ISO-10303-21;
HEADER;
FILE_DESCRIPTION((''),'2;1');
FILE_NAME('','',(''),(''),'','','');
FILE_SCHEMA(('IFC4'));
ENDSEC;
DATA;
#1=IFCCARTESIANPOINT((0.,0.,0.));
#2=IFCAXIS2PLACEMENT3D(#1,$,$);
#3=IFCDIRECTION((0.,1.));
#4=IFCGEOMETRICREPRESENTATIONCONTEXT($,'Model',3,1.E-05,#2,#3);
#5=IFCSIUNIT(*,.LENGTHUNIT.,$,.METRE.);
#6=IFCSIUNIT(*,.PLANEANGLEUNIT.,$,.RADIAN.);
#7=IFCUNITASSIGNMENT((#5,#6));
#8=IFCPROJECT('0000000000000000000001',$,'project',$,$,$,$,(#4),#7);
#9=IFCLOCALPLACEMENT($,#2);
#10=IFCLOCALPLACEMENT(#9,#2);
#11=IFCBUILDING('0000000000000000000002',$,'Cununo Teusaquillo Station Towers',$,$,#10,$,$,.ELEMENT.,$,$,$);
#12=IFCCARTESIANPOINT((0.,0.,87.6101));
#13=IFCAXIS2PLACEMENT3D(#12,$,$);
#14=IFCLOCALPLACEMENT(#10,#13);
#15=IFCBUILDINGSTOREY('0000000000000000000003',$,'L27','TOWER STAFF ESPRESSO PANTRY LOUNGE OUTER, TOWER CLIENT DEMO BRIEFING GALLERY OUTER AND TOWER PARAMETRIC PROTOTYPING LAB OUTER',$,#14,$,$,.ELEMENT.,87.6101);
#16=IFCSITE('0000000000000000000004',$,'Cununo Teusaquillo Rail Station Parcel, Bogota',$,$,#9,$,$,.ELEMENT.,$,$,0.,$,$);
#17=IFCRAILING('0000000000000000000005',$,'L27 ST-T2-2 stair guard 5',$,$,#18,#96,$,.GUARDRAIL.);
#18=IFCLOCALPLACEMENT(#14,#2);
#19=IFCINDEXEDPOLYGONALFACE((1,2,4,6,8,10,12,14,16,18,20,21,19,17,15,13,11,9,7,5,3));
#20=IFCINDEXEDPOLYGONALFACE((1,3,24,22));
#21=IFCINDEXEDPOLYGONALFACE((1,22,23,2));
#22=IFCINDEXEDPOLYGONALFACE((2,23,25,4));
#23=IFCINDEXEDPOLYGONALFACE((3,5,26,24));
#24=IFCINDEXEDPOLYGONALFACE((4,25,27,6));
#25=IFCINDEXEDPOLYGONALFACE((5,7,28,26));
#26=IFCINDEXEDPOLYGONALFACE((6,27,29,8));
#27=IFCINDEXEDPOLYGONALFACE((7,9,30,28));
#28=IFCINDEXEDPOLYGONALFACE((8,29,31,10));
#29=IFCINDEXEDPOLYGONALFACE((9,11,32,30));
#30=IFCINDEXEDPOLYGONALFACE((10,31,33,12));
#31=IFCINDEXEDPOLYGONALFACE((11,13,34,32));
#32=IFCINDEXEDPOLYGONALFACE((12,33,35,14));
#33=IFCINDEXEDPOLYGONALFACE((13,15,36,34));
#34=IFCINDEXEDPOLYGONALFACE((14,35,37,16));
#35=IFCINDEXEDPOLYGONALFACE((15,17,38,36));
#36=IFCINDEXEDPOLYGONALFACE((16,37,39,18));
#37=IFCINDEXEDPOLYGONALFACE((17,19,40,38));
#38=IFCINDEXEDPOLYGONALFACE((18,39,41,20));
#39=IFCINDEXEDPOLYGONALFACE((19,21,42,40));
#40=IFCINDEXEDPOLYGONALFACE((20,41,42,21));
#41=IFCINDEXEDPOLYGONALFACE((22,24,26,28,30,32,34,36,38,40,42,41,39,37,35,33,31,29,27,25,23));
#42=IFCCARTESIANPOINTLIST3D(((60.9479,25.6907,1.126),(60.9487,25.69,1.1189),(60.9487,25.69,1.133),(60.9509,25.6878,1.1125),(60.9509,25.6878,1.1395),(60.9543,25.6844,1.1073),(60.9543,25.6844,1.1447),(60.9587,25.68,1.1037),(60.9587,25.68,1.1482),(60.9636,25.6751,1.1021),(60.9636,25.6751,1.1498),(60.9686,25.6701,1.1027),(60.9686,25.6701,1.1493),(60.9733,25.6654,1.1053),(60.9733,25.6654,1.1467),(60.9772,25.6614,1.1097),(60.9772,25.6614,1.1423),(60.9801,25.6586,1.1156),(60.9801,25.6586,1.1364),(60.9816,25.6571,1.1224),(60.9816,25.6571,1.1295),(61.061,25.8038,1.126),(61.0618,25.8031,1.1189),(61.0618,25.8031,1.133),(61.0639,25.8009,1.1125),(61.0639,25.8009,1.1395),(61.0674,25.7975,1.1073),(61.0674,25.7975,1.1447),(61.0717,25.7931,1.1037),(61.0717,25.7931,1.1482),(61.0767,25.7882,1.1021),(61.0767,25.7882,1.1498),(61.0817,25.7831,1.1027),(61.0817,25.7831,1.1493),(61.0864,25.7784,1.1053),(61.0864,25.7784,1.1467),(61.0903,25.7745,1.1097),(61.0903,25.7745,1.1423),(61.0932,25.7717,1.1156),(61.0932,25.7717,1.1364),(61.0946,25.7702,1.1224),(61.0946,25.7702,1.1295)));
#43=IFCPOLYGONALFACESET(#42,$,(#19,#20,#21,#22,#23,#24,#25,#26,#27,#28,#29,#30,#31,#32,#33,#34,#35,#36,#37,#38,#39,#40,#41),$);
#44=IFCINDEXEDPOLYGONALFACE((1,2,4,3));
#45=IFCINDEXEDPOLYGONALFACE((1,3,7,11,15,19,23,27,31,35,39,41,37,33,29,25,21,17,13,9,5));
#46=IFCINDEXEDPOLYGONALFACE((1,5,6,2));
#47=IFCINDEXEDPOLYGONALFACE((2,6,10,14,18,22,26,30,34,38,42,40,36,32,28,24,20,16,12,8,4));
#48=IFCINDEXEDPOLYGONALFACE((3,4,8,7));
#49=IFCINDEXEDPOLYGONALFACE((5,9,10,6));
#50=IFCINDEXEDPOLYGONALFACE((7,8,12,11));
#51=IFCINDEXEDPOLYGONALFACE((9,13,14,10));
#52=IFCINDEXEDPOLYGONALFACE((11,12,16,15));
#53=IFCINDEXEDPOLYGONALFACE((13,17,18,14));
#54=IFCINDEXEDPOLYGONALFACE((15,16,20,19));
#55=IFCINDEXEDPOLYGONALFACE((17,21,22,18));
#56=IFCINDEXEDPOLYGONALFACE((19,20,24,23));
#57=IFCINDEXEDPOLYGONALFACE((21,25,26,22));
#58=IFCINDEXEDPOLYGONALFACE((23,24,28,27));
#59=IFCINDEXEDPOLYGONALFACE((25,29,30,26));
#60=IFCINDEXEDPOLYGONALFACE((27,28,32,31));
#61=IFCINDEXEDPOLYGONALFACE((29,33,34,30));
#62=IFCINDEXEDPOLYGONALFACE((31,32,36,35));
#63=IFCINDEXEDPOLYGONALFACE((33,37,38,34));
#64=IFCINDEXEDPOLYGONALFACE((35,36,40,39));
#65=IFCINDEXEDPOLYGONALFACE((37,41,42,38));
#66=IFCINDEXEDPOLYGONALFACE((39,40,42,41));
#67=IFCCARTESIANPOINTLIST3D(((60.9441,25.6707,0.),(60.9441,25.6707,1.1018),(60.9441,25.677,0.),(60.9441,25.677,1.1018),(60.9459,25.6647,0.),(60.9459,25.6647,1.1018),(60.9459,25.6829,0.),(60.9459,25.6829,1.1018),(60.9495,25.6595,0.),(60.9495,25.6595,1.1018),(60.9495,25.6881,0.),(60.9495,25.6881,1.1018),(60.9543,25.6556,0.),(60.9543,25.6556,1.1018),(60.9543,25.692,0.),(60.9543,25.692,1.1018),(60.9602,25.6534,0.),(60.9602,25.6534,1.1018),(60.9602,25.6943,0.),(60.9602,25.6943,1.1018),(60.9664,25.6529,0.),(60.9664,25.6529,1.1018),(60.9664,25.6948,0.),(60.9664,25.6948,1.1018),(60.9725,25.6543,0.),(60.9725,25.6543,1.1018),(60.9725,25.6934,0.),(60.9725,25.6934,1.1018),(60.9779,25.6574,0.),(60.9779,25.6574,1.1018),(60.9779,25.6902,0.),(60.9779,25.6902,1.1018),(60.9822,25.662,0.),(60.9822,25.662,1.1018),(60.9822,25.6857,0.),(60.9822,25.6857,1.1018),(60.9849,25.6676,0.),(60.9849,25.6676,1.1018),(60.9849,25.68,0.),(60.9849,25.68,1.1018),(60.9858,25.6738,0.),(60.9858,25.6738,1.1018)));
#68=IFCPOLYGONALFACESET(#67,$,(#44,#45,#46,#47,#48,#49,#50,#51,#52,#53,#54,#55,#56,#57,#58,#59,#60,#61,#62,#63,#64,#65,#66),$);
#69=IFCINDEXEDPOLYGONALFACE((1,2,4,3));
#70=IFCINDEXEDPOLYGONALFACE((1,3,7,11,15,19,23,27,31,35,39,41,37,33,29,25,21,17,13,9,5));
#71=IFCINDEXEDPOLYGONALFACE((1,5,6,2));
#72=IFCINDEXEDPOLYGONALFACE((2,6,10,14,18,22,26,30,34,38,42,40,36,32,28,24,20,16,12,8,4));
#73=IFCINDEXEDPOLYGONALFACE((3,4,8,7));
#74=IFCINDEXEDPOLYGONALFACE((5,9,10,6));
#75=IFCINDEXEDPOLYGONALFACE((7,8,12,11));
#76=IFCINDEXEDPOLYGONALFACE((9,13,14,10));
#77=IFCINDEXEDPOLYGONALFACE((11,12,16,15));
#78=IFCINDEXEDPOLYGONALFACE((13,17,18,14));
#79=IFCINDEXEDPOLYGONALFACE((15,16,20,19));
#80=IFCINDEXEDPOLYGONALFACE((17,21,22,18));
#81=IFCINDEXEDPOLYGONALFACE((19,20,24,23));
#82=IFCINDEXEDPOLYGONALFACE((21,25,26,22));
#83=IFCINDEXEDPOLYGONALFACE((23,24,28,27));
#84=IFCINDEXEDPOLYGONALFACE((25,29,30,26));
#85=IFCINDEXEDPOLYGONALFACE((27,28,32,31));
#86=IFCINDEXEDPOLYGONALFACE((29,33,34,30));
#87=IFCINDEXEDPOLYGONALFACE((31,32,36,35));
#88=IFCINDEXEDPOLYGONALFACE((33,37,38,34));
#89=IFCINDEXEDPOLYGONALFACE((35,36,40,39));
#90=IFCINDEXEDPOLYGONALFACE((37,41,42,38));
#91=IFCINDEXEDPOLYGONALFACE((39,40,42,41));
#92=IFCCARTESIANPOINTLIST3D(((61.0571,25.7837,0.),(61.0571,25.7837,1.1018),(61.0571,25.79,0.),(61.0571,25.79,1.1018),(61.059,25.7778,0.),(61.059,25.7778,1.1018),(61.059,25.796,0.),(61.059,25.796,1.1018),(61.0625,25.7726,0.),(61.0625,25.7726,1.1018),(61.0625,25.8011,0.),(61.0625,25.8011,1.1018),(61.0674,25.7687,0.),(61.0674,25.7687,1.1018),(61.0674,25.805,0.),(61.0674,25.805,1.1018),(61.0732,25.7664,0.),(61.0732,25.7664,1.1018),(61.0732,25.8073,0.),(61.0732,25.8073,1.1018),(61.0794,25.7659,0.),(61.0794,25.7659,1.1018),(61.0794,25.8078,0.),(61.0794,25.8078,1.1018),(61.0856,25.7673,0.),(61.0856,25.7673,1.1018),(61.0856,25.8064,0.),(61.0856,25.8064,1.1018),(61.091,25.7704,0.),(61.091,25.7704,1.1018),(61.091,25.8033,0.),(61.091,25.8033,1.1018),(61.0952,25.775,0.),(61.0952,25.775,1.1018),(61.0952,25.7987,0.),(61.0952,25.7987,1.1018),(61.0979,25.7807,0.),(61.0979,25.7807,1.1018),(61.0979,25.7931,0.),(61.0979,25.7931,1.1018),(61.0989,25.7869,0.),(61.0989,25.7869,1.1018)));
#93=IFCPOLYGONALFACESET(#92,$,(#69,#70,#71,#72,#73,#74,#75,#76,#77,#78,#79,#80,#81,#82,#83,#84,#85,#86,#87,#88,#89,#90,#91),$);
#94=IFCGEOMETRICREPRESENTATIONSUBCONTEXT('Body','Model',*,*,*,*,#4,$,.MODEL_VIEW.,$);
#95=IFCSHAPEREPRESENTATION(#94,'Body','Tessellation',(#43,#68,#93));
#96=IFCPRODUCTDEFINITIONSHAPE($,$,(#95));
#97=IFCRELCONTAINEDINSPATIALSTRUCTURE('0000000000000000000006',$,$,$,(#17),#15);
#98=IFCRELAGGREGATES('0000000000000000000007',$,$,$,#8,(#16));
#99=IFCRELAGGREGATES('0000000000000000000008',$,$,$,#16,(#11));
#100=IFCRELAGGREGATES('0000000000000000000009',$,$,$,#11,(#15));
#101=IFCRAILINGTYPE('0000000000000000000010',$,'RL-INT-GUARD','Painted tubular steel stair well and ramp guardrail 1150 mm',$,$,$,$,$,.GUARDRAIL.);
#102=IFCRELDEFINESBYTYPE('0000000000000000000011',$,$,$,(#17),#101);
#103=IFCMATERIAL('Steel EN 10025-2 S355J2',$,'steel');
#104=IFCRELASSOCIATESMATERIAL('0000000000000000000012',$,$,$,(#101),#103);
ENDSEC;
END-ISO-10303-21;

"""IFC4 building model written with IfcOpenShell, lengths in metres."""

from ifc_helpers import new_model, si_unit, direction, frame, origin, origin_2d, place, context, subcontext, project, spatial, circle, extrude, material, type_object, element, save


model = new_model("IFC4")

# Units and contexts
model_context = context("Model", 3, precision=1e-05, world=origin(), true_north=direction((0.0, 1.0)))
body_context = subcontext(model_context, "Body", "Model", "MODEL_VIEW")
ifc_project = project(units=[si_unit("LENGTHUNIT", "METRE"), si_unit("PLANEANGLEUNIT", "RADIAN")], contexts=[model_context])

# Site, building, storey
site_placement = place(None, origin())
site = spatial("IfcSite", under=ifc_project, at=site_placement, Name="Cununo Teusaquillo Rail Station Parcel, Bogota", CompositionType="ELEMENT", RefElevation=0.0)
building_placement = place(site_placement, origin())
building = spatial("IfcBuilding", under=site, at=building_placement, Name="Cununo Teusaquillo Station Towers", CompositionType="ELEMENT")
storey_placement = place(building_placement, frame((0.0, 0.0, 87.6101)))
storey = spatial("IfcBuildingStorey", under=building, at=storey_placement, Name="L27", Description="TOWER STAFF ESPRESSO PANTRY LOUNGE OUTER, TOWER CLIENT DEMO BRIEFING GALLERY OUTER AND TOWER PARAMETRIC PROTOTYPING LAB OUTER", CompositionType="ELEMENT", Elevation=87.6101)

# Railing
ifc_material_1 = material(Name="Steel EN 10025-2 S355J2", Category="steel")
railing_type_1 = type_object("IfcRailingType", Name="RL-INT-GUARD", Description="Painted tubular steel stair well and ramp guardrail 1150 mm", PredefinedType="GUARDRAIL", material=ifc_material_1)
railing_1_placement = place(storey_placement, frame((60.9648, 25.6738, 0.0)))
element("IfcRailing", 1, at=railing_1_placement, inside=storey, type_object=railing_type_1, Name="L27 ST-T2-2 stair guard 5", PredefinedType="GUARDRAIL", context=body_context, shape_type="SweptSolid", body=[
    extrude(circle(Radius=0.0239, at=origin_2d()), frame((0.0, 0.0, 1.126), z_axis=(0.707107, 0.707107, 0.0), x_axis=(-0.707107, 0.707107, 0.0)), (0.0, 0.0, 1.0), 0.1599),
    extrude(circle(Radius=0.021, at=origin_2d()), origin(), (0.0, 0.0, 1.0), 1.1018),
    extrude(circle(Radius=0.021, at=origin_2d()), frame((0.113, 0.113, 0.0)), (0.0, 0.0, 1.0), 1.1018),
])

save(model, "model.ifc")
